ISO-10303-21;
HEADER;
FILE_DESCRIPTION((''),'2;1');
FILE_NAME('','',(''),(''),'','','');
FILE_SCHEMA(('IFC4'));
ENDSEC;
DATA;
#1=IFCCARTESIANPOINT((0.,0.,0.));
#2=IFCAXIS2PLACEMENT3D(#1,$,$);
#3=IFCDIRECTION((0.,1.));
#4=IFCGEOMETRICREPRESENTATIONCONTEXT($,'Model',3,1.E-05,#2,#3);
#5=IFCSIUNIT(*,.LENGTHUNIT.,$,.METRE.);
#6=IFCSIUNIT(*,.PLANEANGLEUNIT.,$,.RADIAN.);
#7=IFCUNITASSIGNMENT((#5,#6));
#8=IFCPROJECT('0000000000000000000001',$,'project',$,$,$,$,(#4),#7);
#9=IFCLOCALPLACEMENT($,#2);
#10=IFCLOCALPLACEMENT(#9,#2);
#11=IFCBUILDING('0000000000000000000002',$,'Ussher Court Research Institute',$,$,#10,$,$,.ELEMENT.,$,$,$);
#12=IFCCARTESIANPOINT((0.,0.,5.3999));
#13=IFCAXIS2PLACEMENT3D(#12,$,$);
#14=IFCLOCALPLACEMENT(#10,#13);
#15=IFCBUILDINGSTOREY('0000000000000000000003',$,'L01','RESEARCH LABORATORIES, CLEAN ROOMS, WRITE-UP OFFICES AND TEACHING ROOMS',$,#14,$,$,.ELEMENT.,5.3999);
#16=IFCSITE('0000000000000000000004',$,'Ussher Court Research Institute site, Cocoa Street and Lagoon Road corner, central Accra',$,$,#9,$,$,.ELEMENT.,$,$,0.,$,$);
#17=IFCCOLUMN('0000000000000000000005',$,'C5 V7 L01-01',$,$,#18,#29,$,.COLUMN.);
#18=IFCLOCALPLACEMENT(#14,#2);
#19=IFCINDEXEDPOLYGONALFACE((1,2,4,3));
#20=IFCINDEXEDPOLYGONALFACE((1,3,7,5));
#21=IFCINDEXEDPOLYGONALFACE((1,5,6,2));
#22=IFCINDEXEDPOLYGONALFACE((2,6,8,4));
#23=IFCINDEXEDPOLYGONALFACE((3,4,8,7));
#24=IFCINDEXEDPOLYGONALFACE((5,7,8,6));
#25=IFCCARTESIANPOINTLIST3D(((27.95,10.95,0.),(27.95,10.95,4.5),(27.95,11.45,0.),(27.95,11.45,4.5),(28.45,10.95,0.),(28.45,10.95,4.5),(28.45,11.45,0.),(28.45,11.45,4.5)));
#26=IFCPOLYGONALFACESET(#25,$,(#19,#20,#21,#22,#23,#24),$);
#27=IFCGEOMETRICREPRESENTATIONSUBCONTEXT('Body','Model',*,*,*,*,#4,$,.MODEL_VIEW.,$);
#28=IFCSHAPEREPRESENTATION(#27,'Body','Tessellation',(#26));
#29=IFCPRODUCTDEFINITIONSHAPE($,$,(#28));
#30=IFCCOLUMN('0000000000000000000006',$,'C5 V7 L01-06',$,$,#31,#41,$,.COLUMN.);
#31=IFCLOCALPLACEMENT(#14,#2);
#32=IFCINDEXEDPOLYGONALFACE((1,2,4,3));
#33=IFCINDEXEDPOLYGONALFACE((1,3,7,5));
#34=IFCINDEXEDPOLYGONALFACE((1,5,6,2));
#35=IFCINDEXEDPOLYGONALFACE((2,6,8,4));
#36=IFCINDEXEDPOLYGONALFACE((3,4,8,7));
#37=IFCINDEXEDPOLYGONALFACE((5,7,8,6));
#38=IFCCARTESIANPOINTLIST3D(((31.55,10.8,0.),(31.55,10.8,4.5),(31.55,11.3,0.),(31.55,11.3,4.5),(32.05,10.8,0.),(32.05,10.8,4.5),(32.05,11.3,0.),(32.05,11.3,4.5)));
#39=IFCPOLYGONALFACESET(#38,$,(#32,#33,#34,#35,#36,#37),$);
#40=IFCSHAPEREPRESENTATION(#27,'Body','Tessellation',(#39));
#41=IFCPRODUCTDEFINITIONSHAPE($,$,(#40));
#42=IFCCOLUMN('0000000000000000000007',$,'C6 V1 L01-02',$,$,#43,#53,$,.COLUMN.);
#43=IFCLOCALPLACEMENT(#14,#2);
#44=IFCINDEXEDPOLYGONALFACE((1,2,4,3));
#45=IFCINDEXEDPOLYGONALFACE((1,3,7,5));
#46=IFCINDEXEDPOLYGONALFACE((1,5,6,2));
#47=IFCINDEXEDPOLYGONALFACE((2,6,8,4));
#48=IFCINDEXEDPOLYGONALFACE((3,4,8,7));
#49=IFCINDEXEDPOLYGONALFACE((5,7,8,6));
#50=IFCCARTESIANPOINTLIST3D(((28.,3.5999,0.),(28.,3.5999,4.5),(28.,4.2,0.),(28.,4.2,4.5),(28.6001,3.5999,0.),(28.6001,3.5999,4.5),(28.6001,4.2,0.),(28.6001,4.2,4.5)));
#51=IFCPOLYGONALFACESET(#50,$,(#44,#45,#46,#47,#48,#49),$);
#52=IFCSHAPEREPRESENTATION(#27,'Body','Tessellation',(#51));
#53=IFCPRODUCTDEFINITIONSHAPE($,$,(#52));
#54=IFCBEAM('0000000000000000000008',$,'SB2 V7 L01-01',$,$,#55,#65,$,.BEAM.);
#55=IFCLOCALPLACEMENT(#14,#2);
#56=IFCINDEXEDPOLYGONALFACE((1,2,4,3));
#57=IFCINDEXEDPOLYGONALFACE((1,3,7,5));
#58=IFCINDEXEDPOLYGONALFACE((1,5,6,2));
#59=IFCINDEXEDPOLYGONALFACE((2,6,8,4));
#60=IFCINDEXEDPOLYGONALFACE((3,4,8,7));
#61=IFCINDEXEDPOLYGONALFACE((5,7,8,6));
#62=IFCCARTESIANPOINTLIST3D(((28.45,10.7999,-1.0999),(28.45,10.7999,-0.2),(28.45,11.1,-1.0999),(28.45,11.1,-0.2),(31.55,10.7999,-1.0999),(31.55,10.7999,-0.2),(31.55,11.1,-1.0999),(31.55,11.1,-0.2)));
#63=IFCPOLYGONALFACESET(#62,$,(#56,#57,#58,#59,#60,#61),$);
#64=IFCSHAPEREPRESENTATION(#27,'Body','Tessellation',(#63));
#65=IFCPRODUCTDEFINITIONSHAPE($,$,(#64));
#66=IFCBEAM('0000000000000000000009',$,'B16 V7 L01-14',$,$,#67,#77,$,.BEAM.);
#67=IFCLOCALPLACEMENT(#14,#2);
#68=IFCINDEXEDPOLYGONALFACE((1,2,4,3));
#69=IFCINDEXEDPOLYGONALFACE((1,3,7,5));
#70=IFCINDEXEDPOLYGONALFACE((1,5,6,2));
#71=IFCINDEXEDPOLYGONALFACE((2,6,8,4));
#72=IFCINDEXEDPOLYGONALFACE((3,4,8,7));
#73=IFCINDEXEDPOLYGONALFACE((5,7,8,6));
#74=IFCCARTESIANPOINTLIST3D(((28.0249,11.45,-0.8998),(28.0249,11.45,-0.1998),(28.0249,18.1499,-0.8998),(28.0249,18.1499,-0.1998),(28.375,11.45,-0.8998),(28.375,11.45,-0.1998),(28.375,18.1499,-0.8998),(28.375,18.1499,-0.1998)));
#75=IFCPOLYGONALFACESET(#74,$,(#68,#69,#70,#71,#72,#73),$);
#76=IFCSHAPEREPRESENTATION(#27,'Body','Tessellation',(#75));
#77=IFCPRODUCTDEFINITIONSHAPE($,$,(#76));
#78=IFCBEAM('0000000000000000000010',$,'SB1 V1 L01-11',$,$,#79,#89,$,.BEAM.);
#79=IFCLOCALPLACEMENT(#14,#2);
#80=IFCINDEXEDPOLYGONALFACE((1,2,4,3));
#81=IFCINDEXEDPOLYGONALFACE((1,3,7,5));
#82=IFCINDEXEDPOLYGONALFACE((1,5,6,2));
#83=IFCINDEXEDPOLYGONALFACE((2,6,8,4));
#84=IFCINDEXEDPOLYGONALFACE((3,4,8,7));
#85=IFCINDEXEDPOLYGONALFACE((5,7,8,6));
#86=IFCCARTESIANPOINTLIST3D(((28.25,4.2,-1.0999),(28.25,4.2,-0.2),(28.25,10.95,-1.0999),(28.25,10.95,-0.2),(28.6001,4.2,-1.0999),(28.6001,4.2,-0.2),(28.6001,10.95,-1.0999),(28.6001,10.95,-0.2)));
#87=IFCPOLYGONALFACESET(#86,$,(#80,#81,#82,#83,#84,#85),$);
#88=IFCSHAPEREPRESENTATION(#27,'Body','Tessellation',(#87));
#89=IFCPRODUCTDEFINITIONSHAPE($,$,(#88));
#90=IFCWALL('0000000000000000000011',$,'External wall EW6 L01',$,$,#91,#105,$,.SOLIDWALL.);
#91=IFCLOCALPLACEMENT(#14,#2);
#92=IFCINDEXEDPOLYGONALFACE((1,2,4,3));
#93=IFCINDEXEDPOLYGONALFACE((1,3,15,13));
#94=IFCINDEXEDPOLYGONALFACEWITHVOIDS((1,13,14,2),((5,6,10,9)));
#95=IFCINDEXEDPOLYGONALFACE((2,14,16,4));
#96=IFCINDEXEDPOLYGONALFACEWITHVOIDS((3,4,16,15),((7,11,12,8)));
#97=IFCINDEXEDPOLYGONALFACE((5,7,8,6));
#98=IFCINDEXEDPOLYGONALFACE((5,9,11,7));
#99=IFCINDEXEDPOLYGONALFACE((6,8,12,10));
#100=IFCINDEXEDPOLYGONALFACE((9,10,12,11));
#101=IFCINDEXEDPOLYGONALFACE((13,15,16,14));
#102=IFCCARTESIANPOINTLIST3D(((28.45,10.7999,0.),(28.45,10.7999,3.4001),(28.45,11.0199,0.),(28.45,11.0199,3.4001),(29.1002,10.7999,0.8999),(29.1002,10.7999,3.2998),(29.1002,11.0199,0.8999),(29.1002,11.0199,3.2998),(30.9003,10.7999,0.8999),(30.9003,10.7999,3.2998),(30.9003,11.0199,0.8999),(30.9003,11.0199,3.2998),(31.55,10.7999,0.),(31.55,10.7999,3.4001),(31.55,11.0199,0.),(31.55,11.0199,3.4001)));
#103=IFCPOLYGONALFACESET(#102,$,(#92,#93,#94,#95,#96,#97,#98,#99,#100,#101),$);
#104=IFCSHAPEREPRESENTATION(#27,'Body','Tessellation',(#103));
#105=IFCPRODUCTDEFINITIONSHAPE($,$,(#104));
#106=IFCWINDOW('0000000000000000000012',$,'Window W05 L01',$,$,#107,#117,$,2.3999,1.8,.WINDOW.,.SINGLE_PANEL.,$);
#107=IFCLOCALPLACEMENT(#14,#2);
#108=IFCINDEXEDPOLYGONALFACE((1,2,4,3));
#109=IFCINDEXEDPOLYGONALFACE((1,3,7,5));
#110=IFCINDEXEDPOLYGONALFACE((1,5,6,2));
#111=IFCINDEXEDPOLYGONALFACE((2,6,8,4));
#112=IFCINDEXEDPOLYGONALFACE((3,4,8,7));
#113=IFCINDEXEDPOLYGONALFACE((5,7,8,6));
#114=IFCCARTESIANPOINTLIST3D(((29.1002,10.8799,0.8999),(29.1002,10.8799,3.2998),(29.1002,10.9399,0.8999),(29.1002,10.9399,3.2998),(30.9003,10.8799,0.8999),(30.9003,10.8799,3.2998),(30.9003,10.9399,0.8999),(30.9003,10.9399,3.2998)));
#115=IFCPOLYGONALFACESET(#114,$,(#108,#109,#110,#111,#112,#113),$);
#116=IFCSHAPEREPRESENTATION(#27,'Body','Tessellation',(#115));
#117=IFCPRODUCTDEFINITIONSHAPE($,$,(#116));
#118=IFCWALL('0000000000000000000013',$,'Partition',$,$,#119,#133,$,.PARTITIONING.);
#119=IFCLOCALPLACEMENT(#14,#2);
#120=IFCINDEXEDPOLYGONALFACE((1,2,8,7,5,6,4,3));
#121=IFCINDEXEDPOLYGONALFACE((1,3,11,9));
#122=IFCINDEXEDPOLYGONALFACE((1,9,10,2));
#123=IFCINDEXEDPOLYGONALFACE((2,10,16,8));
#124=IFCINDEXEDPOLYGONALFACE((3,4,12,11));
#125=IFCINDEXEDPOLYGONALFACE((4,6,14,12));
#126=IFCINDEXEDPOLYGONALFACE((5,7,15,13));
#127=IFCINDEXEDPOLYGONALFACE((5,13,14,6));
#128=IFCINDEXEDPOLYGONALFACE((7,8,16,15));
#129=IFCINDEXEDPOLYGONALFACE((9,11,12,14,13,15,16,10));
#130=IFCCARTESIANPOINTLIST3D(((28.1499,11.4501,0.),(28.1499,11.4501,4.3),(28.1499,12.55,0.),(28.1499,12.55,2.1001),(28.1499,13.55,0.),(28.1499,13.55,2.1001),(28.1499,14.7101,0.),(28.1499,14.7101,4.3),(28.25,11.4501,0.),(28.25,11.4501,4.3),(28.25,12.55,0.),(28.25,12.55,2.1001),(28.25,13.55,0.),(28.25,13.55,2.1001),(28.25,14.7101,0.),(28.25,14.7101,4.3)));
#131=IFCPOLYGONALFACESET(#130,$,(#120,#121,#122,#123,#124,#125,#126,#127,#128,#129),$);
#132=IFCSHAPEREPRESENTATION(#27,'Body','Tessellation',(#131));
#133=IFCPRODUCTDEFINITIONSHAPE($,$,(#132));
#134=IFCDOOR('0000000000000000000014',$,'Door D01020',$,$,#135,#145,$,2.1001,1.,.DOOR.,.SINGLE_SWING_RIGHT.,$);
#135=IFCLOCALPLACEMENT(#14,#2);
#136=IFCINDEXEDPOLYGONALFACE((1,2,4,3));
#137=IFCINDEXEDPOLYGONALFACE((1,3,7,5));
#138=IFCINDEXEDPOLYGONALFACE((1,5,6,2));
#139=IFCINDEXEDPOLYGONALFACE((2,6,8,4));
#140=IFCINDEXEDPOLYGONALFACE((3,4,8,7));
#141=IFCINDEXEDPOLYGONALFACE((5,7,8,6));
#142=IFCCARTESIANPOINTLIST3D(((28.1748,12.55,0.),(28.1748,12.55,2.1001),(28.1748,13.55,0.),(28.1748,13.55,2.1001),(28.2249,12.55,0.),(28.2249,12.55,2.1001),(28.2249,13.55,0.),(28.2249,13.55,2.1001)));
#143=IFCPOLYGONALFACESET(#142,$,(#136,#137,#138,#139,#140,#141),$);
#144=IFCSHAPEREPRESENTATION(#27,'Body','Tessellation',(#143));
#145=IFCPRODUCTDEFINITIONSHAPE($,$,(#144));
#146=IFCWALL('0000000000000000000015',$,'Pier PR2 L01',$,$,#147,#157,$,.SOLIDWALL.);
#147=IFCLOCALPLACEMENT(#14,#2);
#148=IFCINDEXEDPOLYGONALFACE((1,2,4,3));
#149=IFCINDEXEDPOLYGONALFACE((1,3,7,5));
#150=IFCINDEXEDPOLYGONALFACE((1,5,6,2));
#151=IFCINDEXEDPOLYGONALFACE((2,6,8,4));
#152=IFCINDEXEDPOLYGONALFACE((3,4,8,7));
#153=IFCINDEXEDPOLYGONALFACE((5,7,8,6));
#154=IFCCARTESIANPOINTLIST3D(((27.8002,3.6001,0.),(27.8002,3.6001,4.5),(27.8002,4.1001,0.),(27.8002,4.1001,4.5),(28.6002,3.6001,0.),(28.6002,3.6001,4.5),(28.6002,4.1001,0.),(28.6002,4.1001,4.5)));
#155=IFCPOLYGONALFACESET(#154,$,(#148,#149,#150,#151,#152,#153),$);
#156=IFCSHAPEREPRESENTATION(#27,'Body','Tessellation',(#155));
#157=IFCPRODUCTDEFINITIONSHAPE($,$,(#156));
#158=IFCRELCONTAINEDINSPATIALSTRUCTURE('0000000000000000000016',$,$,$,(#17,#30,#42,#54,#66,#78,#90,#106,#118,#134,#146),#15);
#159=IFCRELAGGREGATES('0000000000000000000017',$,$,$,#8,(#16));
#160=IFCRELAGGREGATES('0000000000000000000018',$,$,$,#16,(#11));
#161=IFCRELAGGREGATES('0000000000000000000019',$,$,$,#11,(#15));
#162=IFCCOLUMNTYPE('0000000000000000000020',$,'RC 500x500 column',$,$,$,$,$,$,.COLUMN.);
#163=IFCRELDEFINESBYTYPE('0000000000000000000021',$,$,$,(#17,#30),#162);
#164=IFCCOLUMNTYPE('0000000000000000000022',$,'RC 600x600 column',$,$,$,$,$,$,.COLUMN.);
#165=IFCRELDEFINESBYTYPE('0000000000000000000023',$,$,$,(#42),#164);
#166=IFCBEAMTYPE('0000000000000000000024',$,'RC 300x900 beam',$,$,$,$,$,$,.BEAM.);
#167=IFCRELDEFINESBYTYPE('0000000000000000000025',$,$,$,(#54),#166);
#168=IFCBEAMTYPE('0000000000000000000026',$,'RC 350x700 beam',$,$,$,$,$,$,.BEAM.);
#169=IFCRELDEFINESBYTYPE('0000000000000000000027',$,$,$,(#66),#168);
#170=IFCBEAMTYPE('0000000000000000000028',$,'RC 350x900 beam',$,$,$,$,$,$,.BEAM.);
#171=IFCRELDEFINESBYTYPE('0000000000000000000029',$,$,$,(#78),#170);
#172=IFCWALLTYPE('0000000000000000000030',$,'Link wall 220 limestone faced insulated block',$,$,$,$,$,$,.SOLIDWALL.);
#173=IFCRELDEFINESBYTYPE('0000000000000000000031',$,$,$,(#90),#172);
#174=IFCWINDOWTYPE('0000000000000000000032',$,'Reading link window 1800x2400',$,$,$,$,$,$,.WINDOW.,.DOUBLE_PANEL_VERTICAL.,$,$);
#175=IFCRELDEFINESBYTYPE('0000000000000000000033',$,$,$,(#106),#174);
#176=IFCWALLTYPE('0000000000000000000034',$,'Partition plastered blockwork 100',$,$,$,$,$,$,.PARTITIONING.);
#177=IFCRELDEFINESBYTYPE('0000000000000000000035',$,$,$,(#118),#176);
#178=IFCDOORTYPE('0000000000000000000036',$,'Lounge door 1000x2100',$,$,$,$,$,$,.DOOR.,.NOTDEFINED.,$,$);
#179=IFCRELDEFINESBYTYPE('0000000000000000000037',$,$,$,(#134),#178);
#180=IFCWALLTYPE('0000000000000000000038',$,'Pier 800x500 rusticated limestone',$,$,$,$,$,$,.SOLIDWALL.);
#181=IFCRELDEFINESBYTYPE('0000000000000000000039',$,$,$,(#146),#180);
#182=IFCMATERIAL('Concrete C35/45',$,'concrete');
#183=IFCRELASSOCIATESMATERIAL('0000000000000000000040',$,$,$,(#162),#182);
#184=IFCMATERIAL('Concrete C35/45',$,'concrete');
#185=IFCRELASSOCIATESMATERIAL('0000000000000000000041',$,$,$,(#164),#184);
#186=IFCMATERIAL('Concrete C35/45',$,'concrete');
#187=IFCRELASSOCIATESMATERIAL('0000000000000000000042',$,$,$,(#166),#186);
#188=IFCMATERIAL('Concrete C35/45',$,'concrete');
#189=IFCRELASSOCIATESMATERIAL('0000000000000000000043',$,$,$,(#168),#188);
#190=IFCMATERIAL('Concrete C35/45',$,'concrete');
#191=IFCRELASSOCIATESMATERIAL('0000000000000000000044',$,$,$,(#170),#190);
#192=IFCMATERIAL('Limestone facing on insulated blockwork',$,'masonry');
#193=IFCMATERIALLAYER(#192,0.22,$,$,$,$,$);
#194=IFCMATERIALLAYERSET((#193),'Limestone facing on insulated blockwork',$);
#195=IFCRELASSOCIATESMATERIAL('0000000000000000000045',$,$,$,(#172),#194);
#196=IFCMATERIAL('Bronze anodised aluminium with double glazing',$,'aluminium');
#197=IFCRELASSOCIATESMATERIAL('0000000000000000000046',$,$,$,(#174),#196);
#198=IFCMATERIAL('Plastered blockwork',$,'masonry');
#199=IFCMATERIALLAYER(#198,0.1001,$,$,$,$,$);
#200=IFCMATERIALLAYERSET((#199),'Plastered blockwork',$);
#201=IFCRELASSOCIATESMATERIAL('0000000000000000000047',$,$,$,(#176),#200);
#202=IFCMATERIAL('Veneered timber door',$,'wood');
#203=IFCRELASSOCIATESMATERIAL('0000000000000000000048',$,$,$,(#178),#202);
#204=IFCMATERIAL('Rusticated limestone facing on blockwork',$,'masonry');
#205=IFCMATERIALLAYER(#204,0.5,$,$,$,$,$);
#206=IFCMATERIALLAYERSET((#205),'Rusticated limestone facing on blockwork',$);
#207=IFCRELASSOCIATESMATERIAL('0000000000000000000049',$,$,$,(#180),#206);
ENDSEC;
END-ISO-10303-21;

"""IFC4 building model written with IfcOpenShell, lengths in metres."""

from ifc_helpers import new_model, si_unit, direction, frame, frame_2d, origin, origin_2d, place, context, subcontext, project, spatial, rectangle, extrude, material, layer, layer_set, material_profile, profile_set, type_object, element, fill, save


model = new_model("IFC4")

# Units and contexts
model_context = context("Model", 3, precision=1e-05, world=origin(), true_north=direction((0.0, 1.0)))
body_context = subcontext(model_context, "Body", "Model", "MODEL_VIEW")
ifc_project = project(units=[si_unit("LENGTHUNIT", "METRE"), si_unit("PLANEANGLEUNIT", "RADIAN")], contexts=[model_context])

# Site, building, storey
site_placement = place(None, origin())
site = spatial("IfcSite", under=ifc_project, at=site_placement, Name="Ussher Court Research Institute site, Cocoa Street and Lagoon Road corner, central Accra", CompositionType="ELEMENT", RefElevation=0.0)
building_placement = place(site_placement, origin())
building = spatial("IfcBuilding", under=site, at=building_placement, Name="Ussher Court Research Institute", CompositionType="ELEMENT")
storey_placement = place(building_placement, frame((0.0, 0.0, 5.3999)))
storey = spatial("IfcBuildingStorey", under=building, at=storey_placement, Name="L01", Description="RESEARCH LABORATORIES, CLEAN ROOMS, WRITE-UP OFFICES AND TEACHING ROOMS", CompositionType="ELEMENT", Elevation=5.3999)

# Columns
ifc_material_1 = material(Name="Concrete C35/45", Category="concrete")
ifc_material_profile_1 = material_profile(ifc_material_1, rectangle(XDim=0.5, YDim=0.5, at=origin_2d()), Name="RC 500x500")
ifc_profile_set_1 = profile_set([ifc_material_profile_1], Name="Concrete C35/45")
column_type_1 = type_object("IfcColumnType", Name="RC 500x500 column", PredefinedType="COLUMN", material=ifc_profile_set_1)
for number, where, z_axis, x_axis, name in (
    (1, (28.2, 11.2, 0.0), (0.0, 0.0, 1.0), (1.0, 0.0, 0.0), "C5 V7 L01-01"),
    (2, (31.8, 11.05, 0.0), (0.0, 0.0, 1.0), (1.0, 0.0, 0.0), "C5 V7 L01-06"),
):
    element("IfcColumn", number, at=place(storey_placement, frame(where, z_axis=z_axis, x_axis=x_axis)), inside=storey, type_object=column_type_1, Name=name, PredefinedType="COLUMN", context=body_context, shape_type="SweptSolid", body=[
        extrude(rectangle(XDim=0.5, YDim=0.5, at=origin_2d()), origin(), (0.0, 0.0, 1.0), 4.5),
    ])
ifc_material_2 = material(Name="Concrete C35/45", Category="concrete")
ifc_material_profile_2 = material_profile(ifc_material_2, rectangle(XDim=0.6001, YDim=0.6001, at=origin_2d()), Name="RC 600x600")
ifc_profile_set_2 = profile_set([ifc_material_profile_2], Name="Concrete C35/45")
column_type_2 = type_object("IfcColumnType", Name="RC 600x600 column", PredefinedType="COLUMN", material=ifc_profile_set_2)
column_placement = place(storey_placement, frame((28.3, 3.8999, 0.0), z_axis=(0.0, 0.0, 1.0), x_axis=(1.0, 0.0, 0.0)))
element("IfcColumn", 3, at=column_placement, inside=storey, type_object=column_type_2, Name="C6 V1 L01-02", PredefinedType="COLUMN", context=body_context, shape_type="SweptSolid", body=[
    extrude(rectangle(XDim=0.6001, YDim=0.6001, at=origin_2d()), origin(), (0.0, 0.0, 1.0), 4.5),
])

# Beams
ifc_material_3 = material(Name="Concrete C35/45", Category="concrete")
ifc_material_profile_3 = material_profile(ifc_material_3, rectangle(XDim=0.3, YDim=0.8999, at=origin_2d()), Name="RC 300x900")
ifc_profile_set_3 = profile_set([ifc_material_profile_3], Name="Concrete C35/45")
beam_type_1 = type_object("IfcBeamType", Name="RC 300x900 beam", PredefinedType="BEAM", material=ifc_profile_set_3)
beam_1_placement = place(storey_placement, frame((28.45, 10.95, -0.6499), z_axis=(1.0, 0.0, 0.0), x_axis=(0.0, 1.0, 0.0)))
element("IfcBeam", 4, at=beam_1_placement, inside=storey, type_object=beam_type_1, Name="SB2 V7 L01-01", PredefinedType="BEAM", context=body_context, shape_type="SweptSolid", body=[
    extrude(rectangle(XDim=0.3, YDim=0.8999, at=origin_2d()), origin(), (0.0, 0.0, 1.0), 3.1001),
])
ifc_material_4 = material(Name="Concrete C35/45", Category="concrete")
ifc_material_profile_4 = material_profile(ifc_material_4, rectangle(XDim=0.3501, YDim=0.7, at=origin_2d()), Name="RC 350x700")
ifc_profile_set_4 = profile_set([ifc_material_profile_4], Name="Concrete C35/45")
beam_type_2 = type_object("IfcBeamType", Name="RC 350x700 beam", PredefinedType="BEAM", material=ifc_profile_set_4)
beam_2_placement = place(storey_placement, frame((28.2, 11.45, -0.5498), z_axis=(0.0, 1.0, 0.0), x_axis=(-1.0, 0.0, 0.0)))
element("IfcBeam", 5, at=beam_2_placement, inside=storey, type_object=beam_type_2, Name="B16 V7 L01-14", PredefinedType="BEAM", context=body_context, shape_type="SweptSolid", body=[
    extrude(rectangle(XDim=0.3501, YDim=0.7, at=origin_2d()), origin(), (0.0, 0.0, 1.0), 6.7),
])
ifc_material_5 = material(Name="Concrete C35/45", Category="concrete")
ifc_material_profile_5 = material_profile(ifc_material_5, rectangle(XDim=0.3501, YDim=0.8999, at=origin_2d()), Name="RC 350x900")
ifc_profile_set_5 = profile_set([ifc_material_profile_5], Name="Concrete C35/45")
beam_type_3 = type_object("IfcBeamType", Name="RC 350x900 beam", PredefinedType="BEAM", material=ifc_profile_set_5)
beam_3_placement = place(storey_placement, frame((28.425, 4.2, -0.6499), z_axis=(0.0, 1.0, 0.0), x_axis=(-1.0, 0.0, 0.0)))
element("IfcBeam", 6, at=beam_3_placement, inside=storey, type_object=beam_type_3, Name="SB1 V1 L01-11", PredefinedType="BEAM", context=body_context, shape_type="SweptSolid", body=[
    extrude(rectangle(XDim=0.3501, YDim=0.8999, at=origin_2d()), origin(), (0.0, 0.0, 1.0), 6.75),
])

# Wall, opening, window
ifc_material_6 = material(Name="Limestone facing on insulated blockwork", Category="masonry")
ifc_layer_1 = layer(ifc_material_6, 0.22)
ifc_layer_set_1 = layer_set([ifc_layer_1], Name="Limestone facing on insulated blockwork")
wall_type_1 = type_object("IfcWallType", Name="Link wall 220 limestone faced insulated block", PredefinedType="SOLIDWALL", material=ifc_layer_set_1)
wall_1_placement = place(storey_placement, frame((31.55, 10.9099, 0.0), z_axis=(0.0, 0.0, 1.0), x_axis=(-1.0, 0.0, 0.0)))
wall_1 = element("IfcWall", 7, at=wall_1_placement, inside=storey, type_object=wall_type_1, Name="External wall EW6 L01", PredefinedType="SOLIDWALL", context=body_context, shape_type="SweptSolid", body=[
    extrude(rectangle(XDim=3.1001, YDim=0.22, at=frame_2d((1.55, 0.0))), origin(), (0.0, 0.0, 1.0), 3.4001),
])
opening_1_placement = place(wall_1_placement, frame((0.6499, 0.0, 0.8999)))
opening_1 = element("IfcOpeningElement", 8, at=opening_1_placement, cuts=wall_1, PredefinedType="OPENING", context=body_context, shape_type="SweptSolid", body=[
    extrude(rectangle(XDim=1.8, YDim=2.3999, at=frame_2d((0.8999, 1.2))), frame((0.0, 0.1201, 0.0), z_axis=(0.0, -1.0, 0.0), x_axis=(1.0, 0.0, 0.0)), (0.0, 0.0, 1.0), 0.24),
])
ifc_material_7 = material(Name="Bronze anodised aluminium with double glazing", Category="aluminium")
window_type = type_object("IfcWindowType", Name="Reading link window 1800x2400", PartitioningType="DOUBLE_PANEL_VERTICAL", PredefinedType="WINDOW", material=ifc_material_7)
window_placement = place(opening_1_placement, origin())
window = element("IfcWindow", 9, at=window_placement, inside=storey, type_object=window_type, Name="Window W05 L01", OverallHeight=2.3999, OverallWidth=1.8, PartitioningType="SINGLE_PANEL", PredefinedType="WINDOW", context=body_context, shape_type="SweptSolid", body=[
    extrude(rectangle(XDim=1.8, YDim=2.3999, at=frame_2d((0.8999, 1.2))), frame((0.0, 0.03, 0.0), z_axis=(0.0, -1.0, 0.0), x_axis=(1.0, 0.0, 0.0)), (0.0, 0.0, 1.0), 0.0601),
])
fill(opening_1, window)

# Wall, opening, door
ifc_material_8 = material(Name="Plastered blockwork", Category="masonry")
ifc_layer_2 = layer(ifc_material_8, 0.1001)
ifc_layer_set_2 = layer_set([ifc_layer_2], Name="Plastered blockwork")
wall_type_2 = type_object("IfcWallType", Name="Partition plastered blockwork 100", PredefinedType="PARTITIONING", material=ifc_layer_set_2)
wall_2_placement = place(storey_placement, frame((28.2, 14.71, 0.0), z_axis=(0.0, 0.0, 1.0), x_axis=(0.0, -1.0, 0.0)))
wall_2 = element("IfcWall", 10, at=wall_2_placement, inside=storey, type_object=wall_type_2, Name="Partition", PredefinedType="PARTITIONING", context=body_context, shape_type="SweptSolid", body=[
    extrude(rectangle(XDim=3.26, YDim=0.1001, at=frame_2d((1.6299, 0.0))), origin(), (0.0, 0.0, 1.0), 4.3),
])
opening_2_placement = place(wall_2_placement, frame((1.1599, 0.0, 0.0)))
opening_2 = element("IfcOpeningElement", 11, at=opening_2_placement, cuts=wall_2, PredefinedType="OPENING", context=body_context, shape_type="SweptSolid", body=[
    extrude(rectangle(XDim=1.0, YDim=2.1001, at=frame_2d((0.5, 1.05))), frame((0.0, 0.0601, 0.0), z_axis=(0.0, -1.0, 0.0), x_axis=(1.0, 0.0, 0.0)), (0.0, 0.0, 1.0), 0.1201),
])
ifc_material_9 = material(Name="Veneered timber door", Category="wood")
door_type_1 = type_object("IfcDoorType", Name="Lounge door 1000x2100", OperationType="NOTDEFINED", PredefinedType="DOOR", material=ifc_material_9)
door_1_placement = place(opening_2_placement, origin())
door_1 = element("IfcDoor", 12, at=door_1_placement, inside=storey, type_object=door_type_1, Name="Door D01020", OperationType="SINGLE_SWING_RIGHT", OverallHeight=2.1001, OverallWidth=1.0, PredefinedType="DOOR", context=body_context, shape_type="SweptSolid", body=[
    extrude(rectangle(XDim=1.0, YDim=2.1001, at=frame_2d((0.5, 1.05))), frame((0.0, 0.0249, 0.0), z_axis=(0.0, -1.0, 0.0), x_axis=(1.0, 0.0, 0.0)), (0.0, 0.0, 1.0), 0.05),
])
fill(opening_2, door_1)

# Wall
ifc_material_10 = material(Name="Rusticated limestone facing on blockwork", Category="masonry")
ifc_layer_3 = layer(ifc_material_10, 0.5)
ifc_layer_set_3 = layer_set([ifc_layer_3], Name="Rusticated limestone facing on blockwork")
wall_type_3 = type_object("IfcWallType", Name="Pier 800x500 rusticated limestone", PredefinedType="SOLIDWALL", material=ifc_layer_set_3)
wall_3_placement = place(storey_placement, frame((28.6001, 3.8501, 0.0), z_axis=(0.0, 0.0, 1.0), x_axis=(-1.0, 0.0, 0.0)))
element("IfcWall", 13, at=wall_3_placement, inside=storey, type_object=wall_type_3, Name="Pier PR2 L01", PredefinedType="SOLIDWALL", context=body_context, shape_type="SweptSolid", body=[
    extrude(rectangle(XDim=0.8, YDim=0.5, at=frame_2d((0.3999, 0.0))), origin(), (0.0, 0.0, 1.0), 4.5),
])

save(model, "model.ifc")
